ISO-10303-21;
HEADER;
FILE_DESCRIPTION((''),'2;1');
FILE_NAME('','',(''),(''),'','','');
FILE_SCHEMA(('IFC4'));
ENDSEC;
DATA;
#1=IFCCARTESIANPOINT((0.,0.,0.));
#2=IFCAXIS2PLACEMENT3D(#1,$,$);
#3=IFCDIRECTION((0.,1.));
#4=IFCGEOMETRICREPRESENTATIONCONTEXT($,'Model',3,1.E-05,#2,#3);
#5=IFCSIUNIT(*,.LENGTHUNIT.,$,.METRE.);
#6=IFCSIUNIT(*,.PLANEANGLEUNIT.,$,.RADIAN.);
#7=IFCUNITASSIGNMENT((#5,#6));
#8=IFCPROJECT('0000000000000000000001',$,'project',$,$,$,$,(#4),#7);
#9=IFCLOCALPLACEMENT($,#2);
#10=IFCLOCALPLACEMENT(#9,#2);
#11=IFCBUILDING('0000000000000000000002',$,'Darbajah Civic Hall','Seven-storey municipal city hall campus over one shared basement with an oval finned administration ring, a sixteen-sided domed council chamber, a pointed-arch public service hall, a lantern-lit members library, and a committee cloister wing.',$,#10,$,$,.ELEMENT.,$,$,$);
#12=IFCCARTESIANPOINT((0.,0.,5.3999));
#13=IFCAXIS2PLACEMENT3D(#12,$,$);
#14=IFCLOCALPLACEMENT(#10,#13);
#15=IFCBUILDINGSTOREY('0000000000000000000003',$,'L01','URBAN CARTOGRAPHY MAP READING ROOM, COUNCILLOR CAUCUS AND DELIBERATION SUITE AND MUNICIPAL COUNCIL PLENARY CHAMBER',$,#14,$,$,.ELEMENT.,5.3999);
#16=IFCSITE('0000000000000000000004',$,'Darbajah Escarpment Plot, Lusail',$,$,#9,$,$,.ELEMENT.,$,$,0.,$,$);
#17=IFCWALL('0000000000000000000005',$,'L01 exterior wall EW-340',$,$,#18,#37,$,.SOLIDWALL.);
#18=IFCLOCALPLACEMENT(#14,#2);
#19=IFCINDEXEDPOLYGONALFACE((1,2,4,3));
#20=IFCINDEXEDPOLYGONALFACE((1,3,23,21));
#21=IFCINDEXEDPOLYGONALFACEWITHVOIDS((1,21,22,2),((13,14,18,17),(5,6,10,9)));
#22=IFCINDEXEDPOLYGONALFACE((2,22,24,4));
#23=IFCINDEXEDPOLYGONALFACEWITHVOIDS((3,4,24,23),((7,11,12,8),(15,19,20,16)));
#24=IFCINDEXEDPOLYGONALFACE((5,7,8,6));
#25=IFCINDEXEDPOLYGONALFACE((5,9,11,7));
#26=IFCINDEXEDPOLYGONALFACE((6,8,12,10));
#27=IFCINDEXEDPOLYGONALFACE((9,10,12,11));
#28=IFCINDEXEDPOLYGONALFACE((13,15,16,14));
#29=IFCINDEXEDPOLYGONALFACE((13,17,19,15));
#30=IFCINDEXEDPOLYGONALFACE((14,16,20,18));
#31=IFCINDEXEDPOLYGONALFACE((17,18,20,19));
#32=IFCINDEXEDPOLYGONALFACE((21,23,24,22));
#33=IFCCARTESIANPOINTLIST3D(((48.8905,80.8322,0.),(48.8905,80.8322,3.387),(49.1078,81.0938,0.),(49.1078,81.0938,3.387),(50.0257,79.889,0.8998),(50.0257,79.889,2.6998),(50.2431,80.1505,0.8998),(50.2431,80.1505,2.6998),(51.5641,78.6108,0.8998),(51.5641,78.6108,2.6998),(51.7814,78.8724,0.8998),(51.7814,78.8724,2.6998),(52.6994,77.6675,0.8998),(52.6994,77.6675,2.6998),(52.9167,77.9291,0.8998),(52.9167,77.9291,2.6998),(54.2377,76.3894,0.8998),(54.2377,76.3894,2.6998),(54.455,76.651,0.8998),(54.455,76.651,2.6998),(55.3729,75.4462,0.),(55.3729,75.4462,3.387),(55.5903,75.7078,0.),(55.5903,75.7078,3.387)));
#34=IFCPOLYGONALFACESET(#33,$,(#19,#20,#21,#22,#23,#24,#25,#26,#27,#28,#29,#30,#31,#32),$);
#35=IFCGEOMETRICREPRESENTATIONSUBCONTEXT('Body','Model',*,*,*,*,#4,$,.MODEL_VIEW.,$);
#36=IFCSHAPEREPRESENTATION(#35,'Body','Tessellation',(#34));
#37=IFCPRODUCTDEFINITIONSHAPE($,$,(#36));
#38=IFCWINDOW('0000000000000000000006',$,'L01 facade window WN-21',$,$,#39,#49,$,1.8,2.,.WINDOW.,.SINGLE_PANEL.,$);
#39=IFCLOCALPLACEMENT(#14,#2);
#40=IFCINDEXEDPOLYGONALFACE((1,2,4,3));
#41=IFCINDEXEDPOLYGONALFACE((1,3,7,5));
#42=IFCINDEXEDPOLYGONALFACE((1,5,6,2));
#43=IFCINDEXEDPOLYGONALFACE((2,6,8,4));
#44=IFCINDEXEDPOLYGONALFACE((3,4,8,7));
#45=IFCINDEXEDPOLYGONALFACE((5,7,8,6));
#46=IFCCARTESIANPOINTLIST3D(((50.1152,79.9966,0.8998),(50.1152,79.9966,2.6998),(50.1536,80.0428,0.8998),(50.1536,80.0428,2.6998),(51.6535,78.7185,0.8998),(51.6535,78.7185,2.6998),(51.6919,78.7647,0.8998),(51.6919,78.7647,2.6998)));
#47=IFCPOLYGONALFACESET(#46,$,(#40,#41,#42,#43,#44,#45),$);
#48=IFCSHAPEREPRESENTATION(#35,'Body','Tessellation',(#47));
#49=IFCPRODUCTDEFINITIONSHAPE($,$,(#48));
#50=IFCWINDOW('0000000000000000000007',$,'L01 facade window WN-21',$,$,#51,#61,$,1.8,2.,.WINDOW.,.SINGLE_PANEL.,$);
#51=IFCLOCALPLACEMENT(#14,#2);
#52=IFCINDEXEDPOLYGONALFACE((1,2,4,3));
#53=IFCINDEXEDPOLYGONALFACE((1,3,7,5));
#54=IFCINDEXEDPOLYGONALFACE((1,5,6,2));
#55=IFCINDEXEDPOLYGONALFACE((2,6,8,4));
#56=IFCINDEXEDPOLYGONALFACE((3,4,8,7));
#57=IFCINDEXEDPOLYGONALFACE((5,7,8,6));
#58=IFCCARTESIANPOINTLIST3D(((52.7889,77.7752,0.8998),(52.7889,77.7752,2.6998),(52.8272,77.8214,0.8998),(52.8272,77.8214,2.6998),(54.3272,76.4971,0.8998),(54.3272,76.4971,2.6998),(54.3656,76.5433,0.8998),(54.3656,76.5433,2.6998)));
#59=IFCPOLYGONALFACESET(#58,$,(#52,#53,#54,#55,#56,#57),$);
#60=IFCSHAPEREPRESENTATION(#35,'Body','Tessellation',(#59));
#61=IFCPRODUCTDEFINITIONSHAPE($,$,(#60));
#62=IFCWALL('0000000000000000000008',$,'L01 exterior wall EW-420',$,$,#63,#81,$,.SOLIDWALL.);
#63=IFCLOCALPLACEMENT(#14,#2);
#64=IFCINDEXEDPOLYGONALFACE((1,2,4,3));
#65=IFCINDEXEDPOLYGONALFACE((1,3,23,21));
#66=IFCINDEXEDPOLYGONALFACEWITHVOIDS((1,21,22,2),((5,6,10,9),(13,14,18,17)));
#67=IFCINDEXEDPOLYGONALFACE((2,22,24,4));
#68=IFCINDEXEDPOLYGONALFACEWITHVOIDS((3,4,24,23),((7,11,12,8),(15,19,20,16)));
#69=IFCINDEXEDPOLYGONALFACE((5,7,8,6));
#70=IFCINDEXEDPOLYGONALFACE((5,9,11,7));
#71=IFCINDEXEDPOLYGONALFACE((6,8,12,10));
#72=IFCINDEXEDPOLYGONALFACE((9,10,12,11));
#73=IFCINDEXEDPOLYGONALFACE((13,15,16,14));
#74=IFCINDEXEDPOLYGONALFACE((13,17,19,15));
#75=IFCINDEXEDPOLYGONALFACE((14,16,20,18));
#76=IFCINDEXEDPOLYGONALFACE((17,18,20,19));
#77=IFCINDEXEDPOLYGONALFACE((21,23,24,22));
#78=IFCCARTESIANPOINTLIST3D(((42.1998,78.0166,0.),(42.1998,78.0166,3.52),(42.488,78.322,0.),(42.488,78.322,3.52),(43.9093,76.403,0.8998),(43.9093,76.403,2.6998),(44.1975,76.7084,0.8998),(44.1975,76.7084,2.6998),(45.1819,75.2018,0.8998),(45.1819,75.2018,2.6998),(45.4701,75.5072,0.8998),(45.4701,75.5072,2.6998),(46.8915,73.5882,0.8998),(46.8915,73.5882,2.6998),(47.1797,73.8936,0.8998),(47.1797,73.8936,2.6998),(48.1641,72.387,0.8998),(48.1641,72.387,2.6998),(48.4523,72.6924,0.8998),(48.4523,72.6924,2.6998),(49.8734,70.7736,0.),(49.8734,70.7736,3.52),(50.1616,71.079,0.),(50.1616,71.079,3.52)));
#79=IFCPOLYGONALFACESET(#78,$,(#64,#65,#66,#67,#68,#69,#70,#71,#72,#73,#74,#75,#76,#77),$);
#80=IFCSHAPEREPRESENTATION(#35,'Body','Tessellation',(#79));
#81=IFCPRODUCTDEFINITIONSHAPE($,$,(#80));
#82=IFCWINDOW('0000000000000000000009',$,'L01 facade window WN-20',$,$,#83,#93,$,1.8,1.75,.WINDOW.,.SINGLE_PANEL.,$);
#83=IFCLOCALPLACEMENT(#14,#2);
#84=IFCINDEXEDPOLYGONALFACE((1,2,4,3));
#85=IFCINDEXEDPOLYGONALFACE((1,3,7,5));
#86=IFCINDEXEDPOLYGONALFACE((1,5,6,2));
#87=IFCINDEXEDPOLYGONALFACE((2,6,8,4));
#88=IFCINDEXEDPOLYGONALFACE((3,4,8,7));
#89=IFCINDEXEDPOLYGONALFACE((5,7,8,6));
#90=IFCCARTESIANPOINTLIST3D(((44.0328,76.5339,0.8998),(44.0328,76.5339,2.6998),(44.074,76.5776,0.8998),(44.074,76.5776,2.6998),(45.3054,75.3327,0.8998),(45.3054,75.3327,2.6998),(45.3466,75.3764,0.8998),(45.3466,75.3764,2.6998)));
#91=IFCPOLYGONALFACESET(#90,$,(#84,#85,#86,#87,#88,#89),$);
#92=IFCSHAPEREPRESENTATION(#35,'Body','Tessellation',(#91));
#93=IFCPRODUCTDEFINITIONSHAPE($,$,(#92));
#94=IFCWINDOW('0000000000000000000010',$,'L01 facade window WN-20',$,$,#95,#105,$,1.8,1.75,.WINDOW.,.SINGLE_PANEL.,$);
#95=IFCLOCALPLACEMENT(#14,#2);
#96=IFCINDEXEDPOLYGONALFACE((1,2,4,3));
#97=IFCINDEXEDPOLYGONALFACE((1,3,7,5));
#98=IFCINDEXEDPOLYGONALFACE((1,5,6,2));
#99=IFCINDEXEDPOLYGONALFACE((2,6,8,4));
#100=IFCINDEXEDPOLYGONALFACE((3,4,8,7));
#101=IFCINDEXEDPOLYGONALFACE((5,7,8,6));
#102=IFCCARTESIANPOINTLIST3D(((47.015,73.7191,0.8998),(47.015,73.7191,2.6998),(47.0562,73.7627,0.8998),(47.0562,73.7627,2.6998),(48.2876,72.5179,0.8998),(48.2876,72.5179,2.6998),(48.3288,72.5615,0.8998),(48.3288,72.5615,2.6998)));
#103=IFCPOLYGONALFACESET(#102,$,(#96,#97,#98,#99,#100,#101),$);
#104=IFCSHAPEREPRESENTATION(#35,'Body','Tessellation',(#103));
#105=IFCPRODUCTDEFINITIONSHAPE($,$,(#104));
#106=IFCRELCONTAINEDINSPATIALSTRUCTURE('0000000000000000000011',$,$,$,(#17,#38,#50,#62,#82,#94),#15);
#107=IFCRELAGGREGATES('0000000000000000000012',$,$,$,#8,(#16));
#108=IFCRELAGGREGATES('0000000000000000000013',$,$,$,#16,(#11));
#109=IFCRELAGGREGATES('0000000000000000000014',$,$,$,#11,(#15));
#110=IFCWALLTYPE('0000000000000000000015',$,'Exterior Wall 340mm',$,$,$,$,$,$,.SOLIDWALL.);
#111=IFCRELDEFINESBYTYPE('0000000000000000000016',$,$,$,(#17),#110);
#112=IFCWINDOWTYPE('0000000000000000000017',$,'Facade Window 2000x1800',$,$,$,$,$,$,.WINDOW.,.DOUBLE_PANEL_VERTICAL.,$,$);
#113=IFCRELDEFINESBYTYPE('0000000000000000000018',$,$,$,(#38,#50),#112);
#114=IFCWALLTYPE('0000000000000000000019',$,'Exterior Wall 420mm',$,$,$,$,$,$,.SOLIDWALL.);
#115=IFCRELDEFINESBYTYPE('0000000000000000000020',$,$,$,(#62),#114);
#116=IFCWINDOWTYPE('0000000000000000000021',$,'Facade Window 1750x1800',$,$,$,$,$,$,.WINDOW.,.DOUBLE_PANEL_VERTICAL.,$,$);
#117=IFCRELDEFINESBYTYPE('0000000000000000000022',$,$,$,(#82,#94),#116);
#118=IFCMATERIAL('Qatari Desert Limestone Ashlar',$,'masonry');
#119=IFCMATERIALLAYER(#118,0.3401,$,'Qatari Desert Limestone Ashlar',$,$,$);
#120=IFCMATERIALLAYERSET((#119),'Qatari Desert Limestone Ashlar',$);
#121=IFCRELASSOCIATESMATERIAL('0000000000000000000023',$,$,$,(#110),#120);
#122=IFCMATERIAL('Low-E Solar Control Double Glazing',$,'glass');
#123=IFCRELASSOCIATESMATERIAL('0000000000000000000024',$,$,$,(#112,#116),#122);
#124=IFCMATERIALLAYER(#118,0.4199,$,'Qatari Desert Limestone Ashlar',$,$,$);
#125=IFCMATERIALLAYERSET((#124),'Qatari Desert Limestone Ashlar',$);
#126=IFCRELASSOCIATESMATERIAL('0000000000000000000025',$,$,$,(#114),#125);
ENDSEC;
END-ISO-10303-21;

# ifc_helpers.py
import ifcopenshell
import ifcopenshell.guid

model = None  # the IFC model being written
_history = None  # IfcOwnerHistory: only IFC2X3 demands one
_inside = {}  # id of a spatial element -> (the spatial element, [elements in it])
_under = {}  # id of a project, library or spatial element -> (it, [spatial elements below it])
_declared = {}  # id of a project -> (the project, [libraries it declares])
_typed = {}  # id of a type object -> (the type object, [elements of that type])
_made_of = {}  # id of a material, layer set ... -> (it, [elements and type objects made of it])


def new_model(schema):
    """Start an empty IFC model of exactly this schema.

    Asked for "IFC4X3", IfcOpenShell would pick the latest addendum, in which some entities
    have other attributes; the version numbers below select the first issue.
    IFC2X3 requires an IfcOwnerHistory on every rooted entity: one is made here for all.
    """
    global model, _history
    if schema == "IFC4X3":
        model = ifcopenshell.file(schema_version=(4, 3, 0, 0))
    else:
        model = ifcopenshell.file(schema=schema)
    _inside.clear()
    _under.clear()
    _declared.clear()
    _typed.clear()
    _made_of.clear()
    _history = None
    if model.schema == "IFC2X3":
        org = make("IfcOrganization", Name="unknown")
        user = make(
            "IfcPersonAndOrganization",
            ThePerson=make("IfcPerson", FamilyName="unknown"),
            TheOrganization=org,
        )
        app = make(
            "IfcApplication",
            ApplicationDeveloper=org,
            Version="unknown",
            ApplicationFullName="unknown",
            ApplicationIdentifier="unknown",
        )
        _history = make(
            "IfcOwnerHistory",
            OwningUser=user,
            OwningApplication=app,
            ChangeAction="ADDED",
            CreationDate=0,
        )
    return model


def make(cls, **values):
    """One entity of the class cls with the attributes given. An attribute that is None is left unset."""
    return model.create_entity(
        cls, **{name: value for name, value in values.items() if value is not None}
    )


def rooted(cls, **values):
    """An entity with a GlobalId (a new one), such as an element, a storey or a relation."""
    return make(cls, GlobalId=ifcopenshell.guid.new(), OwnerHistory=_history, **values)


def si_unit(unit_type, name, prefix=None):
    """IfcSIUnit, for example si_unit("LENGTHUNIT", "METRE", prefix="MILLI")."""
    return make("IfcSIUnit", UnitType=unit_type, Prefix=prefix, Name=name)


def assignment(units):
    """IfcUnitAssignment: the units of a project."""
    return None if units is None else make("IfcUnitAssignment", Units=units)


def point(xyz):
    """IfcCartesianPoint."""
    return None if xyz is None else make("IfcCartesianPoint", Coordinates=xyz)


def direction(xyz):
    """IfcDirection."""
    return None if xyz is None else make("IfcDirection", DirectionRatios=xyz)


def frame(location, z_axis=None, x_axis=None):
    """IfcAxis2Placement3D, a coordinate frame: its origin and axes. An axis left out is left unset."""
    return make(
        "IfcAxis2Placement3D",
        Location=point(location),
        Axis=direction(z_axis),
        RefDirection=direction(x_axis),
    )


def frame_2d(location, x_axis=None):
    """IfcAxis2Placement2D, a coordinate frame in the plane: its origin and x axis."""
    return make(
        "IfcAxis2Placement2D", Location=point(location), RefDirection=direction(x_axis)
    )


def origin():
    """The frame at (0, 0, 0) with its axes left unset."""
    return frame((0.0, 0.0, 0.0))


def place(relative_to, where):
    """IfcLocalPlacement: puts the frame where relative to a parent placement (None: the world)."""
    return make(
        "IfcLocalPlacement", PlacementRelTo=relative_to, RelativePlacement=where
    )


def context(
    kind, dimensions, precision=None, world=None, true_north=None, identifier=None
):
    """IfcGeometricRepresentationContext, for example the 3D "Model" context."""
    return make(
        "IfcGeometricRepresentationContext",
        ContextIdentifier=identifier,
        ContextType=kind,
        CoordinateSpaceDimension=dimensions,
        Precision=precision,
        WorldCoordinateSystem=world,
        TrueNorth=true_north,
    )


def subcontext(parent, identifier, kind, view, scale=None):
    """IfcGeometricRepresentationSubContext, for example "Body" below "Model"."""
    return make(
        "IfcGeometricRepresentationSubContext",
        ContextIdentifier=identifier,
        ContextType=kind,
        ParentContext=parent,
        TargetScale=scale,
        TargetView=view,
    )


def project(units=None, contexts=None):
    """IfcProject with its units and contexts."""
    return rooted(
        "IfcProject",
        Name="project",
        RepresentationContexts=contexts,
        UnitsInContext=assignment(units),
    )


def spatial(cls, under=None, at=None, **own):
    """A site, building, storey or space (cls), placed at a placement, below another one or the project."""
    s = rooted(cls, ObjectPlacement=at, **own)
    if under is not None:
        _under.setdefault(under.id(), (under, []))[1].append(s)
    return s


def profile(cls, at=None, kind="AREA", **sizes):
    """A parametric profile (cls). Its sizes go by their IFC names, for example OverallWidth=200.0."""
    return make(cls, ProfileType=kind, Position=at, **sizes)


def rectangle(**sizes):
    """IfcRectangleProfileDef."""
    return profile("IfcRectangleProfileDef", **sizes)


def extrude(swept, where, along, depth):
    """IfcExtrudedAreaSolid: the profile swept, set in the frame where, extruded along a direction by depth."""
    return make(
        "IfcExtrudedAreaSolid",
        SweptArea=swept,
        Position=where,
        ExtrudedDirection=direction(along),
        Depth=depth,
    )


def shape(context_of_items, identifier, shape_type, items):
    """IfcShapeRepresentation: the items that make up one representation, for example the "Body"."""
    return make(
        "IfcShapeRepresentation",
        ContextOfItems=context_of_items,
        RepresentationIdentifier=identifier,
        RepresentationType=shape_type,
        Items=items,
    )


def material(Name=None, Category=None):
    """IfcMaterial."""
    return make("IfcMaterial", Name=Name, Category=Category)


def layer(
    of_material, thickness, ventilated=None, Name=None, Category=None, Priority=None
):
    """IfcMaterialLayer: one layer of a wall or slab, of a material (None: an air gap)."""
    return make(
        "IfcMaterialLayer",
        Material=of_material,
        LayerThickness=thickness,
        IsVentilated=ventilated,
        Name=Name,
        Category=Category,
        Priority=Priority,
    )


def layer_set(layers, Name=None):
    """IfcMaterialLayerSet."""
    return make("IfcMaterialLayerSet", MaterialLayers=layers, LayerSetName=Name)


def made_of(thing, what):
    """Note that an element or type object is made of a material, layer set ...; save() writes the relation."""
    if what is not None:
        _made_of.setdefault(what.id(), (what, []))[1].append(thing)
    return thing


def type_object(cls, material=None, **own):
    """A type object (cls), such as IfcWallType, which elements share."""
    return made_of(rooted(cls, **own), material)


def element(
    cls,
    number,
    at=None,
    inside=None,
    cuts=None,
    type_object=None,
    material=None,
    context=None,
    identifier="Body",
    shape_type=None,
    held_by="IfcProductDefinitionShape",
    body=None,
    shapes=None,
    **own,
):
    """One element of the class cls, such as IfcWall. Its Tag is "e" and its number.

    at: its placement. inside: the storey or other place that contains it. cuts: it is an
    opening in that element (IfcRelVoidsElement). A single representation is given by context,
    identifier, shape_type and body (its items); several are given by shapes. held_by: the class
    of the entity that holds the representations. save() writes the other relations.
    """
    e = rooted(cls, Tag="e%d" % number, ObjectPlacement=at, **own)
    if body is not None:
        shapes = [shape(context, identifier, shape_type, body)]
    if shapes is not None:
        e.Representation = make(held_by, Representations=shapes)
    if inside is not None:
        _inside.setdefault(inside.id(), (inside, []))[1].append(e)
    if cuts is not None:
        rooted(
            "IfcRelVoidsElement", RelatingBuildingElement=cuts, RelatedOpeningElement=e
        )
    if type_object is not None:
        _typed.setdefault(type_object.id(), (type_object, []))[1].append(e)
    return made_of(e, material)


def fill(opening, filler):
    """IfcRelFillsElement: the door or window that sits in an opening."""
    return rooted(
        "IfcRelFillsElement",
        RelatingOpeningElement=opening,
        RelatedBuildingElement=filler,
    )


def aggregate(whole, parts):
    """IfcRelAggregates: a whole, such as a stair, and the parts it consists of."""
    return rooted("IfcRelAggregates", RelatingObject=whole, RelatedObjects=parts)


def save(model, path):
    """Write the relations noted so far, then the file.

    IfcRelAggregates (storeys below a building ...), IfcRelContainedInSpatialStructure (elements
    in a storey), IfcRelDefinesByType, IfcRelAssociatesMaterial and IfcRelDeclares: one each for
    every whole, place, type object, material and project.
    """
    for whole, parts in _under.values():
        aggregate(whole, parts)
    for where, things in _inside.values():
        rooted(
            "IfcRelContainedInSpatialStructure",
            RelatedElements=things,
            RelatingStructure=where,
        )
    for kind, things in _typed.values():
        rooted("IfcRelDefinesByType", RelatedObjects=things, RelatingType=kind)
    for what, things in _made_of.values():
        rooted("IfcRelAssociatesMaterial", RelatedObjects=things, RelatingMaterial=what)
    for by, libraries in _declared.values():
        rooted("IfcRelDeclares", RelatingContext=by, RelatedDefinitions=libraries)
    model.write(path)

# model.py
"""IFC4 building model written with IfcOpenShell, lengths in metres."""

from ifc_helpers import new_model, si_unit, direction, frame, frame_2d, origin, place, context, subcontext, project, spatial, rectangle, extrude, material, layer, layer_set, type_object, element, fill, save


model = new_model("IFC4")

# Units and contexts
model_context = context("Model", 3, precision=1e-05, world=origin(), true_north=direction((0.0, 1.0)))
body_context = subcontext(model_context, "Body", "Model", "MODEL_VIEW")
ifc_project = project(units=[si_unit("LENGTHUNIT", "METRE"), si_unit("PLANEANGLEUNIT", "RADIAN")], contexts=[model_context])

# Site, building, storey
site_placement = place(None, origin())
site = spatial("IfcSite", under=ifc_project, at=site_placement, Name="Darbajah Escarpment Plot, Lusail", CompositionType="ELEMENT", RefElevation=0.0)
building_placement = place(site_placement, origin())
building = spatial("IfcBuilding", under=site, at=building_placement, Name="Darbajah Civic Hall", Description="Seven-storey municipal city hall campus over one shared basement with an oval finned administration ring, a sixteen-sided domed council chamber, a pointed-arch public service hall, a lantern-lit members library, and a committee cloister wing.", CompositionType="ELEMENT")
storey_placement = place(building_placement, frame((0.0, 0.0, 5.3999)))
storey = spatial("IfcBuildingStorey", under=building, at=storey_placement, Name="L01", Description="URBAN CARTOGRAPHY MAP READING ROOM, COUNCILLOR CAUCUS AND DELIBERATION SUITE AND MUNICIPAL COUNCIL PLENARY CHAMBER", CompositionType="ELEMENT", Elevation=5.3999)

# Walls, openings, windows
ifc_material_1 = material(Name="Qatari Desert Limestone Ashlar", Category="masonry")
ifc_layer_1 = layer(ifc_material_1, 0.3401, Name="Qatari Desert Limestone Ashlar")
ifc_layer_set_1 = layer_set([ifc_layer_1], Name="Qatari Desert Limestone Ashlar")
wall_type_1 = type_object("IfcWallType", Name="Exterior Wall 340mm", PredefinedType="SOLIDWALL", material=ifc_layer_set_1)
wall_1_placement = place(storey_placement, frame((48.9993, 80.9629, 0.0), z_axis=(0.0, 0.0, 1.0), x_axis=(0.769156, -0.639061, 0.0)))
wall_1 = element("IfcWall", 1, at=wall_1_placement, inside=storey, type_object=wall_type_1, Name="L01 exterior wall EW-340", PredefinedType="SOLIDWALL", context=body_context, shape_type="SweptSolid", body=[
    extrude(rectangle(XDim=8.428, YDim=0.3401, at=frame_2d((4.2139, 0.0))), origin(), (0.0, 0.0, 1.0), 3.387),
])
opening_1_placement = place(wall_1_placement, frame((1.4758, 0.0, 0.8999)))
opening_1 = element("IfcOpeningElement", 2, at=opening_1_placement, cuts=wall_1, PredefinedType="OPENING", context=body_context, shape_type="SweptSolid", body=[
    extrude(rectangle(XDim=2.0, YDim=1.8, at=frame_2d((1.0, 0.8999))), frame((0.0, 0.1799, 0.0), z_axis=(0.0, -1.0, 0.0), x_axis=(1.0, 0.0, 0.0)), (0.0, 0.0, 1.0), 0.3601),
])
opening_2_placement = place(wall_1_placement, frame((4.9519, 0.0, 0.8999)))
opening_2 = element("IfcOpeningElement", 3, at=opening_2_placement, cuts=wall_1, PredefinedType="OPENING", context=body_context, shape_type="SweptSolid", body=[
    extrude(rectangle(XDim=2.0, YDim=1.8, at=frame_2d((1.0, 0.8999))), frame((0.0, 0.1799, 0.0), z_axis=(0.0, -1.0, 0.0), x_axis=(1.0, 0.0, 0.0)), (0.0, 0.0, 1.0), 0.3601),
])
ifc_material_2 = material(Name="Low-E Solar Control Double Glazing", Category="glass")
window_type_1 = type_object("IfcWindowType", Name="Facade Window 2000x1800", PartitioningType="DOUBLE_PANEL_VERTICAL", PredefinedType="WINDOW", material=ifc_material_2)
window_1_placement = place(opening_1_placement, origin())
window_1 = element("IfcWindow", 4, at=window_1_placement, inside=storey, type_object=window_type_1, Name="L01 facade window WN-21", OverallHeight=1.8, OverallWidth=2.0, PartitioningType="SINGLE_PANEL", PredefinedType="WINDOW", context=body_context, shape_type="SweptSolid", body=[
    extrude(rectangle(XDim=2.0, YDim=1.8, at=frame_2d((1.0, 0.8999))), frame((0.0, 0.03, 0.0), z_axis=(0.0, -1.0, 0.0), x_axis=(1.0, 0.0, 0.0)), (0.0, 0.0, 1.0), 0.0601),
])
fill(opening_1, window_1)
window_2_placement = place(opening_2_placement, origin())
window_2 = element("IfcWindow", 5, at=window_2_placement, inside=storey, type_object=window_type_1, Name="L01 facade window WN-21", OverallHeight=1.8, OverallWidth=2.0, PartitioningType="SINGLE_PANEL", PredefinedType="WINDOW", context=body_context, shape_type="SweptSolid", body=[
    extrude(rectangle(XDim=2.0, YDim=1.8, at=frame_2d((1.0, 0.8999))), frame((0.0, 0.03, 0.0), z_axis=(0.0, -1.0, 0.0), x_axis=(1.0, 0.0, 0.0)), (0.0, 0.0, 1.0), 0.0601),
])
fill(opening_2, window_2)
ifc_layer_2 = layer(ifc_material_1, 0.4199, Name="Qatari Desert Limestone Ashlar")
ifc_layer_set_2 = layer_set([ifc_layer_2], Name="Qatari Desert Limestone Ashlar")
wall_type_2 = type_object("IfcWallType", Name="Exterior Wall 420mm", PredefinedType="SOLIDWALL", material=ifc_layer_set_2)
wall_2_placement = place(storey_placement, frame((42.344, 78.1692, 0.0), z_axis=(0.0, 0.0, 1.0), x_axis=(0.727219, -0.686405, 0.0)))
wall_2 = element("IfcWall", 6, at=wall_2_placement, inside=storey, type_object=wall_type_2, Name="L01 exterior wall EW-420", PredefinedType="SOLIDWALL", context=body_context, shape_type="SweptSolid", body=[
    extrude(rectangle(XDim=10.552, YDim=0.4199, at=frame_2d((5.2759, 0.0))), origin(), (0.0, 0.0, 1.0), 3.52),
])
opening_3_placement = place(wall_2_placement, frame((2.3506, 0.0, 0.8999)))
opening_3 = element("IfcOpeningElement", 7, at=opening_3_placement, cuts=wall_2, PredefinedType="OPENING", context=body_context, shape_type="SweptSolid", body=[
    extrude(rectangle(XDim=1.75, YDim=1.8, at=frame_2d((0.875, 0.8999))), frame((0.0, 0.22, 0.0), z_axis=(0.0, -1.0, 0.0), x_axis=(1.0, 0.0, 0.0)), (0.0, 0.0, 1.0), 0.4399),
])
opening_4_placement = place(wall_2_placement, frame((6.4514, 0.0, 0.8999)))
opening_4 = element("IfcOpeningElement", 8, at=opening_4_placement, cuts=wall_2, PredefinedType="OPENING", context=body_context, shape_type="SweptSolid", body=[
    extrude(rectangle(XDim=1.75, YDim=1.8, at=frame_2d((0.875, 0.8999))), frame((0.0, 0.22, 0.0), z_axis=(0.0, -1.0, 0.0), x_axis=(1.0, 0.0, 0.0)), (0.0, 0.0, 1.0), 0.4399),
])
window_type_2 = type_object("IfcWindowType", Name="Facade Window 1750x1800", PartitioningType="DOUBLE_PANEL_VERTICAL", PredefinedType="WINDOW", material=ifc_material_2)
window_3_placement = place(opening_3_placement, origin())
window_3 = element("IfcWindow", 9, at=window_3_placement, inside=storey, type_object=window_type_2, Name="L01 facade window WN-20", OverallHeight=1.8, OverallWidth=1.75, PartitioningType="SINGLE_PANEL", PredefinedType="WINDOW", context=body_context, shape_type="SweptSolid", body=[
    extrude(rectangle(XDim=1.75, YDim=1.8, at=frame_2d((0.875, 0.8999))), frame((0.0, 0.03, 0.0), z_axis=(0.0, -1.0, 0.0), x_axis=(1.0, 0.0, 0.0)), (0.0, 0.0, 1.0), 0.0601),
])
fill(opening_3, window_3)
window_4_placement = place(opening_4_placement, origin())
window_4 = element("IfcWindow", 10, at=window_4_placement, inside=storey, type_object=window_type_2, Name="L01 facade window WN-20", OverallHeight=1.8, OverallWidth=1.75, PartitioningType="SINGLE_PANEL", PredefinedType="WINDOW", context=body_context, shape_type="SweptSolid", body=[
    extrude(rectangle(XDim=1.75, YDim=1.8, at=frame_2d((0.875, 0.8999))), frame((0.0, 0.03, 0.0), z_axis=(0.0, -1.0, 0.0), x_axis=(1.0, 0.0, 0.0)), (0.0, 0.0, 1.0), 0.0601),
])
fill(opening_4, window_4)

save(model, "model.ifc")
